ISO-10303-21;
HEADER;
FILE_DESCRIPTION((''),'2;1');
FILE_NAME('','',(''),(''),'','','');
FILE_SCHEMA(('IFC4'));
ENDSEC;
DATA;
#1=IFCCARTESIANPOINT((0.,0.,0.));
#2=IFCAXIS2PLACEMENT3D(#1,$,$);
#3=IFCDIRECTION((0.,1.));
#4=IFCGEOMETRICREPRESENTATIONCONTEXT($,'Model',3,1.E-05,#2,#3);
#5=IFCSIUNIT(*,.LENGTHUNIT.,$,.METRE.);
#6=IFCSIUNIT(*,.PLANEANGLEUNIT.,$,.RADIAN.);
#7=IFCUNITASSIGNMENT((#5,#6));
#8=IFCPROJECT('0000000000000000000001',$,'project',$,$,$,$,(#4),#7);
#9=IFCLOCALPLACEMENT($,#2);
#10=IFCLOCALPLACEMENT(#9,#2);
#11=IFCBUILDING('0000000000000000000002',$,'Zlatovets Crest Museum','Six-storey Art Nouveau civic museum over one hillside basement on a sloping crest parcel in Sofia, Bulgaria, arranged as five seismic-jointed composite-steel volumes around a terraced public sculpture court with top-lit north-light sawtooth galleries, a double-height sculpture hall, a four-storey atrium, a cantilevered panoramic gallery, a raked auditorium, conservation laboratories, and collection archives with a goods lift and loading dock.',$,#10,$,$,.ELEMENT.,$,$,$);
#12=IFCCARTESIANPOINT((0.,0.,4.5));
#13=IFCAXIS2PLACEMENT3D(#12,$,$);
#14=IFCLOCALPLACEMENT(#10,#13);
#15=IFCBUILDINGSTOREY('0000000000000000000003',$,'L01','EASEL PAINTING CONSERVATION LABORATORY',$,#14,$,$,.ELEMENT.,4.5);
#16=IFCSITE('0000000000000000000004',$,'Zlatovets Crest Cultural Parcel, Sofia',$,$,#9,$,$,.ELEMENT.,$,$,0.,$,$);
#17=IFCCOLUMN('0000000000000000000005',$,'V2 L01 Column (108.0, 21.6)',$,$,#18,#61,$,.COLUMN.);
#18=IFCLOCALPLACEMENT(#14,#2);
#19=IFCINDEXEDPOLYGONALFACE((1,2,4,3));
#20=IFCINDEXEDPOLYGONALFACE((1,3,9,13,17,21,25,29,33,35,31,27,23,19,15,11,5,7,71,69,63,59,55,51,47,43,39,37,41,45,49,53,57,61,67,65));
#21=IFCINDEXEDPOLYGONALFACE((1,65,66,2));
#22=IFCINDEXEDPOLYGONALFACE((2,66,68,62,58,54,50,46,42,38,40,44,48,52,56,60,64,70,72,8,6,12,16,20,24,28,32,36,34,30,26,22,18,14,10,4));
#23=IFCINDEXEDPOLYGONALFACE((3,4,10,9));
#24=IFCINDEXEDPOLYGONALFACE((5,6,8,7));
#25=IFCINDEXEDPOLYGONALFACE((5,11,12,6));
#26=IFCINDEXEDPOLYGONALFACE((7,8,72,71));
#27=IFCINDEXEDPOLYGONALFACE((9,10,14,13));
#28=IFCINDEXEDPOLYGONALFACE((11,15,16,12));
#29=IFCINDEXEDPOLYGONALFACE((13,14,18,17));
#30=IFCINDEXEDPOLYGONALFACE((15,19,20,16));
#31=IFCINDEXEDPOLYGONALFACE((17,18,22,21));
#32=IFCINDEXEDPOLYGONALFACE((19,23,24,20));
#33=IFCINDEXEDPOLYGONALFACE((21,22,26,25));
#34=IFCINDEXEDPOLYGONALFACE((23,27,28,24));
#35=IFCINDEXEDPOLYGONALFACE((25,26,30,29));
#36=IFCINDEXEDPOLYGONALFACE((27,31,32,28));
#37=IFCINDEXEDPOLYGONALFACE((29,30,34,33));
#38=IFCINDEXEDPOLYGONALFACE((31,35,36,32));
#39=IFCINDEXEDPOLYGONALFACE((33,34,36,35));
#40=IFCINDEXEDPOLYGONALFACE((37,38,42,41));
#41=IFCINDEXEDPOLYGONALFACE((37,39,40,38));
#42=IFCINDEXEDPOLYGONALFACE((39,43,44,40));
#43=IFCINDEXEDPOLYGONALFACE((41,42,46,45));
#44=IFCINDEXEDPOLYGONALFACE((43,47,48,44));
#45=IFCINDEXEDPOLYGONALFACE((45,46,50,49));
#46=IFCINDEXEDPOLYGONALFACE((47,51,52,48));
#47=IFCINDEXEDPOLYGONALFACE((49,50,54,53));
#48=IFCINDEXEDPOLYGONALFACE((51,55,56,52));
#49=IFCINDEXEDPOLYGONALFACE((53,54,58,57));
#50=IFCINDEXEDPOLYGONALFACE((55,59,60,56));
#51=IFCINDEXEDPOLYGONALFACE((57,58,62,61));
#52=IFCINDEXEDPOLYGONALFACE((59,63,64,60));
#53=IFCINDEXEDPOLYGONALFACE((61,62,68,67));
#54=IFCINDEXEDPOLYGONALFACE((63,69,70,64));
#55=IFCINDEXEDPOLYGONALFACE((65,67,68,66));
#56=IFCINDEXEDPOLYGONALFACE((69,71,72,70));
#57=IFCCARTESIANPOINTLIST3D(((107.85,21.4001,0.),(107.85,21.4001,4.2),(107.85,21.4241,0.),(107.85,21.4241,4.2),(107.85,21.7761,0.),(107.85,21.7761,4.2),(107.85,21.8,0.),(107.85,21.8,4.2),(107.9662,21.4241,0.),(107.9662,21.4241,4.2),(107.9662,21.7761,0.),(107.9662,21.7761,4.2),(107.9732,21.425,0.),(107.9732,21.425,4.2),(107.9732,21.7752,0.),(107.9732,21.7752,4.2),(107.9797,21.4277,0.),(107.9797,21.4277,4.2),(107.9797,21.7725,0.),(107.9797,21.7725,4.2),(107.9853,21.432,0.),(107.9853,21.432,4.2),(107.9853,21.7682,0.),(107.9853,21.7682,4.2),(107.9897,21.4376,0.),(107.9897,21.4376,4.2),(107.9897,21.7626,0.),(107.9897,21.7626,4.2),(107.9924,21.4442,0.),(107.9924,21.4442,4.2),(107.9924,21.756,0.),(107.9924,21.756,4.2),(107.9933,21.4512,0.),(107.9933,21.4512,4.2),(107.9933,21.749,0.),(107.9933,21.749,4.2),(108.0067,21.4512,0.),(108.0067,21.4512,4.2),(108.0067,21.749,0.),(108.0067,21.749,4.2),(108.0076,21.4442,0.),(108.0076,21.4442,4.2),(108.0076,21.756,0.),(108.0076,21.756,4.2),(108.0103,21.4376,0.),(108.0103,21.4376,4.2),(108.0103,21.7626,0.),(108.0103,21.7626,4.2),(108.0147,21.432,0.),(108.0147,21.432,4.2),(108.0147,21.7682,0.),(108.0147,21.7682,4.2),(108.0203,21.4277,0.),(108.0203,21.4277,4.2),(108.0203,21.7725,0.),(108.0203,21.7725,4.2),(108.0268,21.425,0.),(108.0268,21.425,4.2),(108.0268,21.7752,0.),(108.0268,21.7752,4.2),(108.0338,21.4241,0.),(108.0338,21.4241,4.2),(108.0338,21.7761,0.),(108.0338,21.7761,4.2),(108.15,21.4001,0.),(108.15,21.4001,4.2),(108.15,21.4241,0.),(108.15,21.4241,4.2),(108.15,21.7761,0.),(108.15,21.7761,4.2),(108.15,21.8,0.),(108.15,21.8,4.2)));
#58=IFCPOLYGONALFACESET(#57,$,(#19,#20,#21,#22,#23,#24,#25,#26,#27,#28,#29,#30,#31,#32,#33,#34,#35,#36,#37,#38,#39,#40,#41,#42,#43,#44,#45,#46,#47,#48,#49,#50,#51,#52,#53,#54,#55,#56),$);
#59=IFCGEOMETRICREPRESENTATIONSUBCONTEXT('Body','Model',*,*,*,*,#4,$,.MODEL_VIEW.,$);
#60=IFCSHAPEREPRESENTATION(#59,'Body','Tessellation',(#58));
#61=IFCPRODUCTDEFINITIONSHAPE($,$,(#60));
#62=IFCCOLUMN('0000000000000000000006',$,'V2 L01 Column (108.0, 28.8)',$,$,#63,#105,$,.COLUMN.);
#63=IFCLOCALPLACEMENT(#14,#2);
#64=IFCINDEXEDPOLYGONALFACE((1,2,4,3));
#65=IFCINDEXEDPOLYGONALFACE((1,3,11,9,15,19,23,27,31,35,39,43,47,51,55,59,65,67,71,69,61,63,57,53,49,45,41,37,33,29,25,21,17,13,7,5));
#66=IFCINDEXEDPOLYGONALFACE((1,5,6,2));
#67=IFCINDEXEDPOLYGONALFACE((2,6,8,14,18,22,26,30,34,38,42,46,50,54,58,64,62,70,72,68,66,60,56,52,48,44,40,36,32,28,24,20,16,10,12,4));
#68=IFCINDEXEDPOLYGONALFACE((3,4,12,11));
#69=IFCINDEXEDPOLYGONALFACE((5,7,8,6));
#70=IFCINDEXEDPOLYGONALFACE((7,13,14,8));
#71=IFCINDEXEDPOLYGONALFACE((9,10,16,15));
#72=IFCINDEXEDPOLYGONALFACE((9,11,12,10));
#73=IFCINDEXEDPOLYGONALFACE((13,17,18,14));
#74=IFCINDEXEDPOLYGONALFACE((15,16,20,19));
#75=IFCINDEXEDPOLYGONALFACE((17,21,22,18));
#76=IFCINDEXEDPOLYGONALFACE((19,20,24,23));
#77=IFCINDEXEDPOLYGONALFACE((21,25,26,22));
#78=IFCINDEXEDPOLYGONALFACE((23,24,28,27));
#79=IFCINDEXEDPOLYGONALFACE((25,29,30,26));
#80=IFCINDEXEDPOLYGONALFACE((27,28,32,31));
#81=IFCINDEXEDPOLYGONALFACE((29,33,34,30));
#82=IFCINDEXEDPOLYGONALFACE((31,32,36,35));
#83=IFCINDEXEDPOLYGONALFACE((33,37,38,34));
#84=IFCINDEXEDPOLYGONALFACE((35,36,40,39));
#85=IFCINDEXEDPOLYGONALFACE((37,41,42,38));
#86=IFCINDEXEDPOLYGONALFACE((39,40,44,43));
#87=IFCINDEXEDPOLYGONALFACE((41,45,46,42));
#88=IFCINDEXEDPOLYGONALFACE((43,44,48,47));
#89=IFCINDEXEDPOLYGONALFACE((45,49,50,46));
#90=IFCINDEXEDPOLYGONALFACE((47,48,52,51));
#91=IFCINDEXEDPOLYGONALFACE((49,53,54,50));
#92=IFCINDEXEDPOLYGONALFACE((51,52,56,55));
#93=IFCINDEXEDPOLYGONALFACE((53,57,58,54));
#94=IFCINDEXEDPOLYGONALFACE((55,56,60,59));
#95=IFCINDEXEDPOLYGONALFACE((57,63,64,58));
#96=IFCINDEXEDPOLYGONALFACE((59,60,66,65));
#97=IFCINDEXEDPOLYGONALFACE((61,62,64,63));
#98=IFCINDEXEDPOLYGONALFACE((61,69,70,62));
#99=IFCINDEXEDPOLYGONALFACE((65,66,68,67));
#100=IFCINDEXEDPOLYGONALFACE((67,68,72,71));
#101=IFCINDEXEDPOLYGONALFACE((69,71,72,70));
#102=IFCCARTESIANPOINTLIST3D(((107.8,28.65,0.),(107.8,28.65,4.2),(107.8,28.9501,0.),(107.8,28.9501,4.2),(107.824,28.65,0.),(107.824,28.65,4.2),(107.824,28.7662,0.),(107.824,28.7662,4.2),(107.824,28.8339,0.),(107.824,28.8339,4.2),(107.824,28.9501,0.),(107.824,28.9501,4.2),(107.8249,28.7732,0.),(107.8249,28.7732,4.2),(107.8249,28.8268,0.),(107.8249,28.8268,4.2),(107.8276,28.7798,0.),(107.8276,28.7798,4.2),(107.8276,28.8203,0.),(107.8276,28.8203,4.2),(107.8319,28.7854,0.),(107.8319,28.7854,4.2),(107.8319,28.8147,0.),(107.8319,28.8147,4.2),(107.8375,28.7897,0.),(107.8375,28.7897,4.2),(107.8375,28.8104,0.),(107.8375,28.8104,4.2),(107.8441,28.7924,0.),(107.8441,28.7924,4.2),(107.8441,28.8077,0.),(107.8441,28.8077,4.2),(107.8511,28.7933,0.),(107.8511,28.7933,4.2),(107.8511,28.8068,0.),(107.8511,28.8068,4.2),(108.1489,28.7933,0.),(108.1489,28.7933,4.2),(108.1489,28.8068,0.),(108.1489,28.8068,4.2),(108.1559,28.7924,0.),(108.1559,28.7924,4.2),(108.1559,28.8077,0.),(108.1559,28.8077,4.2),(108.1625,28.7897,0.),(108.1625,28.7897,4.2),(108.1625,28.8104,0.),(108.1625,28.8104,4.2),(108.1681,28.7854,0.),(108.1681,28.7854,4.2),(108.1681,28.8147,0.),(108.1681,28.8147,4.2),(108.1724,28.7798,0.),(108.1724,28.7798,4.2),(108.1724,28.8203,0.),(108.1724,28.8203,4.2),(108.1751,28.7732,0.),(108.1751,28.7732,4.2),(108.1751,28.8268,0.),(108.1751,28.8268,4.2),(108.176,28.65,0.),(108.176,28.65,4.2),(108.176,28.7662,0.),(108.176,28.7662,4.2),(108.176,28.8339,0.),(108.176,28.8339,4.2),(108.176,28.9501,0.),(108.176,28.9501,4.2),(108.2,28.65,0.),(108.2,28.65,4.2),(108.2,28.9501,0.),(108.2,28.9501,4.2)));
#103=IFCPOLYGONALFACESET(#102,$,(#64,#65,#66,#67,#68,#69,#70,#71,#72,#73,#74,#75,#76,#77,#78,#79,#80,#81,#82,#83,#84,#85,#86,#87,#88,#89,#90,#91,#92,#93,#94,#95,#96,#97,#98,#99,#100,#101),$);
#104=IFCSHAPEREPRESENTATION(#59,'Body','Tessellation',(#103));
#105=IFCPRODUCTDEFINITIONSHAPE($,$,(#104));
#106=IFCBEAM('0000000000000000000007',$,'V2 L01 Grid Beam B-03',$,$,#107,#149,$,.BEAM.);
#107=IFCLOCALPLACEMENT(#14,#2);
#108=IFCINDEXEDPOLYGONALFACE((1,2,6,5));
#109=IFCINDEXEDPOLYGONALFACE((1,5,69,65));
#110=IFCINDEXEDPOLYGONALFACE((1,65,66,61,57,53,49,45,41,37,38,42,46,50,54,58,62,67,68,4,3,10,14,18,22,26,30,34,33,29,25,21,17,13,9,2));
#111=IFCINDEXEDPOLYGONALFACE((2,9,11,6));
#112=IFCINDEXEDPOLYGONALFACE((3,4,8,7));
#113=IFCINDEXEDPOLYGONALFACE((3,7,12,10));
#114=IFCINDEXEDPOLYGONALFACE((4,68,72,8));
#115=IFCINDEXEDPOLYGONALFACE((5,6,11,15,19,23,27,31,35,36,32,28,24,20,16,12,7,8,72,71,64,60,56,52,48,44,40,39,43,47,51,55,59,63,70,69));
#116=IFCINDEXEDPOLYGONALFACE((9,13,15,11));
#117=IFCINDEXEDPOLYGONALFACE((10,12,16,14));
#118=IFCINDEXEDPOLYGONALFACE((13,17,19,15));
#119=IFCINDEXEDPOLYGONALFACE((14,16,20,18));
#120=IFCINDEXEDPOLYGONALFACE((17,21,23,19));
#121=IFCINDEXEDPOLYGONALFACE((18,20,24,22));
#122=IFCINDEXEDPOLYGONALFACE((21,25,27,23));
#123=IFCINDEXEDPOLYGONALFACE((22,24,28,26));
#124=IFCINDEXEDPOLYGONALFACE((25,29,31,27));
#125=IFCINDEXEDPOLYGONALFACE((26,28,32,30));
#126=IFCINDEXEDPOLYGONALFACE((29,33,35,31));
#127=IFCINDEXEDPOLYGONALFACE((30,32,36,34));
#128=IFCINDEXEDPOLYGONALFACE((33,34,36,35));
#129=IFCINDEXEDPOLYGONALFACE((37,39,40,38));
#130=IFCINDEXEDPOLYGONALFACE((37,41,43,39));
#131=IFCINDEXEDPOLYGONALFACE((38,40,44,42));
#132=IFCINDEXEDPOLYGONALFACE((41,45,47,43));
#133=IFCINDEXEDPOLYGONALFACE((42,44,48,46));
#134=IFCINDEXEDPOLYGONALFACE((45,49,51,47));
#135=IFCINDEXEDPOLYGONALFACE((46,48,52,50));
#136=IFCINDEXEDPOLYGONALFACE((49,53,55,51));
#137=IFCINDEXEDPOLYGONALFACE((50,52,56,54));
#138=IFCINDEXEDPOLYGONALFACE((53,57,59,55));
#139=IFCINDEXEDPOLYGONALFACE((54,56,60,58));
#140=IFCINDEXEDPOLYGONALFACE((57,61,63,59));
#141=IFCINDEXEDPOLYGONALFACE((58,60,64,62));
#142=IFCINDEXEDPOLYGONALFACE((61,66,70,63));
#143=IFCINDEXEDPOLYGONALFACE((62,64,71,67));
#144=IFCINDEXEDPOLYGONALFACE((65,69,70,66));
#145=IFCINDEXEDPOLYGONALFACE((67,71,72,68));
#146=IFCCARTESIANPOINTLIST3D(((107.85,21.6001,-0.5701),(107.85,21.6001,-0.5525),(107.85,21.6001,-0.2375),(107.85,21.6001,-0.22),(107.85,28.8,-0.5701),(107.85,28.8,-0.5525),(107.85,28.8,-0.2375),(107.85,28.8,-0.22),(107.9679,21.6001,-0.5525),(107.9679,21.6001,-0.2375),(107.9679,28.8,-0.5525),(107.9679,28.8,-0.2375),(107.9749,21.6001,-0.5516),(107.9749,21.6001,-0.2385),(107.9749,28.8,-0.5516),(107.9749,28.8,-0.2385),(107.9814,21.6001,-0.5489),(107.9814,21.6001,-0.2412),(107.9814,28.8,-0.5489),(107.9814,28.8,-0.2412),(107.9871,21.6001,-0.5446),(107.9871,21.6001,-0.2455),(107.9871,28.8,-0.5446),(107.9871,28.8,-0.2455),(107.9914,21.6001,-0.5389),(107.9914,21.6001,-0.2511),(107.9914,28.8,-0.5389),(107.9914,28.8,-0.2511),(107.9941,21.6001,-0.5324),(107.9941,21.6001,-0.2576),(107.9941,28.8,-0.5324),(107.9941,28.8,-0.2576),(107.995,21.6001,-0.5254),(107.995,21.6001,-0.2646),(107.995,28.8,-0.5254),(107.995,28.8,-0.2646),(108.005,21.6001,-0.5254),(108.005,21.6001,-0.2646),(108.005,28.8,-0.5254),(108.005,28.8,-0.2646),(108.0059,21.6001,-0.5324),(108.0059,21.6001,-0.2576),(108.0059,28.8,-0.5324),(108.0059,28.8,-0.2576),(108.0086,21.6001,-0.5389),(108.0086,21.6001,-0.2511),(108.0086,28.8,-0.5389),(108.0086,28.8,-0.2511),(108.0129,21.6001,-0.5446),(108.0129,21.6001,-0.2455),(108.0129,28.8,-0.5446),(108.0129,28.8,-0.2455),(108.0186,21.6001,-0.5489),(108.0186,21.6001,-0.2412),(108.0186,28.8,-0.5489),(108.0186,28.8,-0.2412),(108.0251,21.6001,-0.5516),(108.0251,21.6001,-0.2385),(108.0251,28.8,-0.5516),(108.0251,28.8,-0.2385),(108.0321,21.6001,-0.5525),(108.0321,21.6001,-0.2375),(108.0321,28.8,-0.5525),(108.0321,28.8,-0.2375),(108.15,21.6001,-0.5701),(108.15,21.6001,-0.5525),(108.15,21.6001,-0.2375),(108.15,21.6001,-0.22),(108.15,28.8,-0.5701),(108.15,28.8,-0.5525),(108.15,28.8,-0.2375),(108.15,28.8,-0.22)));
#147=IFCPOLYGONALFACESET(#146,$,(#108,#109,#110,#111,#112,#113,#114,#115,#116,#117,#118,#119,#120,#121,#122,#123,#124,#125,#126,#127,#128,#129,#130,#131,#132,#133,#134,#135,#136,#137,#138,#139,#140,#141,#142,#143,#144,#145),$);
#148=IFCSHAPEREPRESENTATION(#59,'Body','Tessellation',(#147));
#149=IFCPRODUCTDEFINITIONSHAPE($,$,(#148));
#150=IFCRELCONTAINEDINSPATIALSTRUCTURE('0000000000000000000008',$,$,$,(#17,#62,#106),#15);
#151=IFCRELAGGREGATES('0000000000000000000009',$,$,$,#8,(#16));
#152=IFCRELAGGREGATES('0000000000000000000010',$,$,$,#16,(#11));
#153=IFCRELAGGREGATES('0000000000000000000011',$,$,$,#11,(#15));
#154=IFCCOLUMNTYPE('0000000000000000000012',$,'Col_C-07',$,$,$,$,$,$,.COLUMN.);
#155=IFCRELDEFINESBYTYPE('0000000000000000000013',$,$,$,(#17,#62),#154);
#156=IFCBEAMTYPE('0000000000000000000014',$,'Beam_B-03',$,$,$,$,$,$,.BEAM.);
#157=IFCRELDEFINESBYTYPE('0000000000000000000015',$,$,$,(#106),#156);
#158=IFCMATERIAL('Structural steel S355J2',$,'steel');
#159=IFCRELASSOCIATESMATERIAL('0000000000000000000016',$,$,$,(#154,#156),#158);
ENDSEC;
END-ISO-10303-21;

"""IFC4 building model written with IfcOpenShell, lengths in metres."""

from ifc_helpers import new_model, si_unit, direction, frame, origin, origin_2d, place, context, subcontext, project, spatial, i_section, extrude, material, material_profile, profile_set, type_object, element, save


model = new_model("IFC4")

# Units and contexts
model_context = context("Model", 3, precision=1e-05, world=origin(), true_north=direction((0.0, 1.0)))
body_context = subcontext(model_context, "Body", "Model", "MODEL_VIEW")
ifc_project = project(units=[si_unit("LENGTHUNIT", "METRE"), si_unit("PLANEANGLEUNIT", "RADIAN")], contexts=[model_context])

# Site, building, storey
site_placement = place(None, origin())
site = spatial("IfcSite", under=ifc_project, at=site_placement, Name="Zlatovets Crest Cultural Parcel, Sofia", CompositionType="ELEMENT", RefElevation=0.0)
building_placement = place(site_placement, origin())
building = spatial("IfcBuilding", under=site, at=building_placement, Name="Zlatovets Crest Museum", Description="Six-storey Art Nouveau civic museum over one hillside basement on a sloping crest parcel in Sofia, Bulgaria, arranged as five seismic-jointed composite-steel volumes around a terraced public sculpture court with top-lit north-light sawtooth galleries, a double-height sculpture hall, a four-storey atrium, a cantilevered panoramic gallery, a raked auditorium, conservation laboratories, and collection archives with a goods lift and loading dock.", CompositionType="ELEMENT")
storey_placement = place(building_placement, frame((0.0, 0.0, 4.5)))
storey = spatial("IfcBuildingStorey", under=building, at=storey_placement, Name="L01", Description="EASEL PAINTING CONSERVATION LABORATORY", CompositionType="ELEMENT", Elevation=4.5)

# Columns
ifc_material_1 = material(Name="Structural steel S355J2", Category="steel")
ifc_material_profile_1 = material_profile(ifc_material_1, i_section(OverallWidth=0.3, OverallDepth=0.3999, WebThickness=0.0134, FlangeThickness=0.0239, FilletRadius=0.0271, at=origin_2d()), Name="HEB 400")
ifc_profile_set_1 = profile_set([ifc_material_profile_1], Name="Structural steel S355J2")
column_type = type_object("IfcColumnType", Name="Col_C-07", PredefinedType="COLUMN", material=ifc_profile_set_1)
for number, where, z_axis, x_axis, name in (
    (1, (108.0, 21.6001, 0.0), (0.0, 0.0, 1.0), (1.0, 0.0, 0.0), "V2 L01 Column (108.0, 21.6)"),
    (2, (108.0, 28.8, 0.0), (0.0, 0.0, 1.0), (0.0, 1.0, 0.0), "V2 L01 Column (108.0, 28.8)"),
):
    element("IfcColumn", number, at=place(storey_placement, frame(where, z_axis=z_axis, x_axis=x_axis)), inside=storey, type_object=column_type, Name=name, PredefinedType="COLUMN", context=body_context, shape_type="SweptSolid", body=[
        extrude(i_section(OverallWidth=0.3, OverallDepth=0.3999, WebThickness=0.0134, FlangeThickness=0.0239, FilletRadius=0.0271, at=origin_2d()), origin(), (0.0, 0.0, 1.0), 4.2),
    ])

# Beam
ifc_material_profile_2 = material_profile(ifc_material_1, i_section(OverallWidth=0.3, OverallDepth=0.3501, WebThickness=0.01, FlangeThickness=0.0176, FilletRadius=0.0271, at=origin_2d()), Name="HEA 360")
ifc_profile_set_2 = profile_set([ifc_material_profile_2], Name="Structural steel S355J2")
beam_type_1 = type_object("IfcBeamType", Name="Beam_B-03", PredefinedType="BEAM", material=ifc_profile_set_2)
beam_placement = place(storey_placement, frame((108.0, 21.6001, -0.395), z_axis=(0.0, 1.0, 0.0), x_axis=(-1.0, 0.0, 0.0)))
element("IfcBeam", 3, at=beam_placement, inside=storey, type_object=beam_type_1, Name="V2 L01 Grid Beam B-03", PredefinedType="BEAM", context=body_context, shape_type="SweptSolid", body=[
    extrude(i_section(OverallWidth=0.3, OverallDepth=0.3501, WebThickness=0.01, FlangeThickness=0.0176, FilletRadius=0.0271, at=origin_2d()), origin(), (0.0, 0.0, 1.0), 7.2),
])

save(model, "model.ifc")
